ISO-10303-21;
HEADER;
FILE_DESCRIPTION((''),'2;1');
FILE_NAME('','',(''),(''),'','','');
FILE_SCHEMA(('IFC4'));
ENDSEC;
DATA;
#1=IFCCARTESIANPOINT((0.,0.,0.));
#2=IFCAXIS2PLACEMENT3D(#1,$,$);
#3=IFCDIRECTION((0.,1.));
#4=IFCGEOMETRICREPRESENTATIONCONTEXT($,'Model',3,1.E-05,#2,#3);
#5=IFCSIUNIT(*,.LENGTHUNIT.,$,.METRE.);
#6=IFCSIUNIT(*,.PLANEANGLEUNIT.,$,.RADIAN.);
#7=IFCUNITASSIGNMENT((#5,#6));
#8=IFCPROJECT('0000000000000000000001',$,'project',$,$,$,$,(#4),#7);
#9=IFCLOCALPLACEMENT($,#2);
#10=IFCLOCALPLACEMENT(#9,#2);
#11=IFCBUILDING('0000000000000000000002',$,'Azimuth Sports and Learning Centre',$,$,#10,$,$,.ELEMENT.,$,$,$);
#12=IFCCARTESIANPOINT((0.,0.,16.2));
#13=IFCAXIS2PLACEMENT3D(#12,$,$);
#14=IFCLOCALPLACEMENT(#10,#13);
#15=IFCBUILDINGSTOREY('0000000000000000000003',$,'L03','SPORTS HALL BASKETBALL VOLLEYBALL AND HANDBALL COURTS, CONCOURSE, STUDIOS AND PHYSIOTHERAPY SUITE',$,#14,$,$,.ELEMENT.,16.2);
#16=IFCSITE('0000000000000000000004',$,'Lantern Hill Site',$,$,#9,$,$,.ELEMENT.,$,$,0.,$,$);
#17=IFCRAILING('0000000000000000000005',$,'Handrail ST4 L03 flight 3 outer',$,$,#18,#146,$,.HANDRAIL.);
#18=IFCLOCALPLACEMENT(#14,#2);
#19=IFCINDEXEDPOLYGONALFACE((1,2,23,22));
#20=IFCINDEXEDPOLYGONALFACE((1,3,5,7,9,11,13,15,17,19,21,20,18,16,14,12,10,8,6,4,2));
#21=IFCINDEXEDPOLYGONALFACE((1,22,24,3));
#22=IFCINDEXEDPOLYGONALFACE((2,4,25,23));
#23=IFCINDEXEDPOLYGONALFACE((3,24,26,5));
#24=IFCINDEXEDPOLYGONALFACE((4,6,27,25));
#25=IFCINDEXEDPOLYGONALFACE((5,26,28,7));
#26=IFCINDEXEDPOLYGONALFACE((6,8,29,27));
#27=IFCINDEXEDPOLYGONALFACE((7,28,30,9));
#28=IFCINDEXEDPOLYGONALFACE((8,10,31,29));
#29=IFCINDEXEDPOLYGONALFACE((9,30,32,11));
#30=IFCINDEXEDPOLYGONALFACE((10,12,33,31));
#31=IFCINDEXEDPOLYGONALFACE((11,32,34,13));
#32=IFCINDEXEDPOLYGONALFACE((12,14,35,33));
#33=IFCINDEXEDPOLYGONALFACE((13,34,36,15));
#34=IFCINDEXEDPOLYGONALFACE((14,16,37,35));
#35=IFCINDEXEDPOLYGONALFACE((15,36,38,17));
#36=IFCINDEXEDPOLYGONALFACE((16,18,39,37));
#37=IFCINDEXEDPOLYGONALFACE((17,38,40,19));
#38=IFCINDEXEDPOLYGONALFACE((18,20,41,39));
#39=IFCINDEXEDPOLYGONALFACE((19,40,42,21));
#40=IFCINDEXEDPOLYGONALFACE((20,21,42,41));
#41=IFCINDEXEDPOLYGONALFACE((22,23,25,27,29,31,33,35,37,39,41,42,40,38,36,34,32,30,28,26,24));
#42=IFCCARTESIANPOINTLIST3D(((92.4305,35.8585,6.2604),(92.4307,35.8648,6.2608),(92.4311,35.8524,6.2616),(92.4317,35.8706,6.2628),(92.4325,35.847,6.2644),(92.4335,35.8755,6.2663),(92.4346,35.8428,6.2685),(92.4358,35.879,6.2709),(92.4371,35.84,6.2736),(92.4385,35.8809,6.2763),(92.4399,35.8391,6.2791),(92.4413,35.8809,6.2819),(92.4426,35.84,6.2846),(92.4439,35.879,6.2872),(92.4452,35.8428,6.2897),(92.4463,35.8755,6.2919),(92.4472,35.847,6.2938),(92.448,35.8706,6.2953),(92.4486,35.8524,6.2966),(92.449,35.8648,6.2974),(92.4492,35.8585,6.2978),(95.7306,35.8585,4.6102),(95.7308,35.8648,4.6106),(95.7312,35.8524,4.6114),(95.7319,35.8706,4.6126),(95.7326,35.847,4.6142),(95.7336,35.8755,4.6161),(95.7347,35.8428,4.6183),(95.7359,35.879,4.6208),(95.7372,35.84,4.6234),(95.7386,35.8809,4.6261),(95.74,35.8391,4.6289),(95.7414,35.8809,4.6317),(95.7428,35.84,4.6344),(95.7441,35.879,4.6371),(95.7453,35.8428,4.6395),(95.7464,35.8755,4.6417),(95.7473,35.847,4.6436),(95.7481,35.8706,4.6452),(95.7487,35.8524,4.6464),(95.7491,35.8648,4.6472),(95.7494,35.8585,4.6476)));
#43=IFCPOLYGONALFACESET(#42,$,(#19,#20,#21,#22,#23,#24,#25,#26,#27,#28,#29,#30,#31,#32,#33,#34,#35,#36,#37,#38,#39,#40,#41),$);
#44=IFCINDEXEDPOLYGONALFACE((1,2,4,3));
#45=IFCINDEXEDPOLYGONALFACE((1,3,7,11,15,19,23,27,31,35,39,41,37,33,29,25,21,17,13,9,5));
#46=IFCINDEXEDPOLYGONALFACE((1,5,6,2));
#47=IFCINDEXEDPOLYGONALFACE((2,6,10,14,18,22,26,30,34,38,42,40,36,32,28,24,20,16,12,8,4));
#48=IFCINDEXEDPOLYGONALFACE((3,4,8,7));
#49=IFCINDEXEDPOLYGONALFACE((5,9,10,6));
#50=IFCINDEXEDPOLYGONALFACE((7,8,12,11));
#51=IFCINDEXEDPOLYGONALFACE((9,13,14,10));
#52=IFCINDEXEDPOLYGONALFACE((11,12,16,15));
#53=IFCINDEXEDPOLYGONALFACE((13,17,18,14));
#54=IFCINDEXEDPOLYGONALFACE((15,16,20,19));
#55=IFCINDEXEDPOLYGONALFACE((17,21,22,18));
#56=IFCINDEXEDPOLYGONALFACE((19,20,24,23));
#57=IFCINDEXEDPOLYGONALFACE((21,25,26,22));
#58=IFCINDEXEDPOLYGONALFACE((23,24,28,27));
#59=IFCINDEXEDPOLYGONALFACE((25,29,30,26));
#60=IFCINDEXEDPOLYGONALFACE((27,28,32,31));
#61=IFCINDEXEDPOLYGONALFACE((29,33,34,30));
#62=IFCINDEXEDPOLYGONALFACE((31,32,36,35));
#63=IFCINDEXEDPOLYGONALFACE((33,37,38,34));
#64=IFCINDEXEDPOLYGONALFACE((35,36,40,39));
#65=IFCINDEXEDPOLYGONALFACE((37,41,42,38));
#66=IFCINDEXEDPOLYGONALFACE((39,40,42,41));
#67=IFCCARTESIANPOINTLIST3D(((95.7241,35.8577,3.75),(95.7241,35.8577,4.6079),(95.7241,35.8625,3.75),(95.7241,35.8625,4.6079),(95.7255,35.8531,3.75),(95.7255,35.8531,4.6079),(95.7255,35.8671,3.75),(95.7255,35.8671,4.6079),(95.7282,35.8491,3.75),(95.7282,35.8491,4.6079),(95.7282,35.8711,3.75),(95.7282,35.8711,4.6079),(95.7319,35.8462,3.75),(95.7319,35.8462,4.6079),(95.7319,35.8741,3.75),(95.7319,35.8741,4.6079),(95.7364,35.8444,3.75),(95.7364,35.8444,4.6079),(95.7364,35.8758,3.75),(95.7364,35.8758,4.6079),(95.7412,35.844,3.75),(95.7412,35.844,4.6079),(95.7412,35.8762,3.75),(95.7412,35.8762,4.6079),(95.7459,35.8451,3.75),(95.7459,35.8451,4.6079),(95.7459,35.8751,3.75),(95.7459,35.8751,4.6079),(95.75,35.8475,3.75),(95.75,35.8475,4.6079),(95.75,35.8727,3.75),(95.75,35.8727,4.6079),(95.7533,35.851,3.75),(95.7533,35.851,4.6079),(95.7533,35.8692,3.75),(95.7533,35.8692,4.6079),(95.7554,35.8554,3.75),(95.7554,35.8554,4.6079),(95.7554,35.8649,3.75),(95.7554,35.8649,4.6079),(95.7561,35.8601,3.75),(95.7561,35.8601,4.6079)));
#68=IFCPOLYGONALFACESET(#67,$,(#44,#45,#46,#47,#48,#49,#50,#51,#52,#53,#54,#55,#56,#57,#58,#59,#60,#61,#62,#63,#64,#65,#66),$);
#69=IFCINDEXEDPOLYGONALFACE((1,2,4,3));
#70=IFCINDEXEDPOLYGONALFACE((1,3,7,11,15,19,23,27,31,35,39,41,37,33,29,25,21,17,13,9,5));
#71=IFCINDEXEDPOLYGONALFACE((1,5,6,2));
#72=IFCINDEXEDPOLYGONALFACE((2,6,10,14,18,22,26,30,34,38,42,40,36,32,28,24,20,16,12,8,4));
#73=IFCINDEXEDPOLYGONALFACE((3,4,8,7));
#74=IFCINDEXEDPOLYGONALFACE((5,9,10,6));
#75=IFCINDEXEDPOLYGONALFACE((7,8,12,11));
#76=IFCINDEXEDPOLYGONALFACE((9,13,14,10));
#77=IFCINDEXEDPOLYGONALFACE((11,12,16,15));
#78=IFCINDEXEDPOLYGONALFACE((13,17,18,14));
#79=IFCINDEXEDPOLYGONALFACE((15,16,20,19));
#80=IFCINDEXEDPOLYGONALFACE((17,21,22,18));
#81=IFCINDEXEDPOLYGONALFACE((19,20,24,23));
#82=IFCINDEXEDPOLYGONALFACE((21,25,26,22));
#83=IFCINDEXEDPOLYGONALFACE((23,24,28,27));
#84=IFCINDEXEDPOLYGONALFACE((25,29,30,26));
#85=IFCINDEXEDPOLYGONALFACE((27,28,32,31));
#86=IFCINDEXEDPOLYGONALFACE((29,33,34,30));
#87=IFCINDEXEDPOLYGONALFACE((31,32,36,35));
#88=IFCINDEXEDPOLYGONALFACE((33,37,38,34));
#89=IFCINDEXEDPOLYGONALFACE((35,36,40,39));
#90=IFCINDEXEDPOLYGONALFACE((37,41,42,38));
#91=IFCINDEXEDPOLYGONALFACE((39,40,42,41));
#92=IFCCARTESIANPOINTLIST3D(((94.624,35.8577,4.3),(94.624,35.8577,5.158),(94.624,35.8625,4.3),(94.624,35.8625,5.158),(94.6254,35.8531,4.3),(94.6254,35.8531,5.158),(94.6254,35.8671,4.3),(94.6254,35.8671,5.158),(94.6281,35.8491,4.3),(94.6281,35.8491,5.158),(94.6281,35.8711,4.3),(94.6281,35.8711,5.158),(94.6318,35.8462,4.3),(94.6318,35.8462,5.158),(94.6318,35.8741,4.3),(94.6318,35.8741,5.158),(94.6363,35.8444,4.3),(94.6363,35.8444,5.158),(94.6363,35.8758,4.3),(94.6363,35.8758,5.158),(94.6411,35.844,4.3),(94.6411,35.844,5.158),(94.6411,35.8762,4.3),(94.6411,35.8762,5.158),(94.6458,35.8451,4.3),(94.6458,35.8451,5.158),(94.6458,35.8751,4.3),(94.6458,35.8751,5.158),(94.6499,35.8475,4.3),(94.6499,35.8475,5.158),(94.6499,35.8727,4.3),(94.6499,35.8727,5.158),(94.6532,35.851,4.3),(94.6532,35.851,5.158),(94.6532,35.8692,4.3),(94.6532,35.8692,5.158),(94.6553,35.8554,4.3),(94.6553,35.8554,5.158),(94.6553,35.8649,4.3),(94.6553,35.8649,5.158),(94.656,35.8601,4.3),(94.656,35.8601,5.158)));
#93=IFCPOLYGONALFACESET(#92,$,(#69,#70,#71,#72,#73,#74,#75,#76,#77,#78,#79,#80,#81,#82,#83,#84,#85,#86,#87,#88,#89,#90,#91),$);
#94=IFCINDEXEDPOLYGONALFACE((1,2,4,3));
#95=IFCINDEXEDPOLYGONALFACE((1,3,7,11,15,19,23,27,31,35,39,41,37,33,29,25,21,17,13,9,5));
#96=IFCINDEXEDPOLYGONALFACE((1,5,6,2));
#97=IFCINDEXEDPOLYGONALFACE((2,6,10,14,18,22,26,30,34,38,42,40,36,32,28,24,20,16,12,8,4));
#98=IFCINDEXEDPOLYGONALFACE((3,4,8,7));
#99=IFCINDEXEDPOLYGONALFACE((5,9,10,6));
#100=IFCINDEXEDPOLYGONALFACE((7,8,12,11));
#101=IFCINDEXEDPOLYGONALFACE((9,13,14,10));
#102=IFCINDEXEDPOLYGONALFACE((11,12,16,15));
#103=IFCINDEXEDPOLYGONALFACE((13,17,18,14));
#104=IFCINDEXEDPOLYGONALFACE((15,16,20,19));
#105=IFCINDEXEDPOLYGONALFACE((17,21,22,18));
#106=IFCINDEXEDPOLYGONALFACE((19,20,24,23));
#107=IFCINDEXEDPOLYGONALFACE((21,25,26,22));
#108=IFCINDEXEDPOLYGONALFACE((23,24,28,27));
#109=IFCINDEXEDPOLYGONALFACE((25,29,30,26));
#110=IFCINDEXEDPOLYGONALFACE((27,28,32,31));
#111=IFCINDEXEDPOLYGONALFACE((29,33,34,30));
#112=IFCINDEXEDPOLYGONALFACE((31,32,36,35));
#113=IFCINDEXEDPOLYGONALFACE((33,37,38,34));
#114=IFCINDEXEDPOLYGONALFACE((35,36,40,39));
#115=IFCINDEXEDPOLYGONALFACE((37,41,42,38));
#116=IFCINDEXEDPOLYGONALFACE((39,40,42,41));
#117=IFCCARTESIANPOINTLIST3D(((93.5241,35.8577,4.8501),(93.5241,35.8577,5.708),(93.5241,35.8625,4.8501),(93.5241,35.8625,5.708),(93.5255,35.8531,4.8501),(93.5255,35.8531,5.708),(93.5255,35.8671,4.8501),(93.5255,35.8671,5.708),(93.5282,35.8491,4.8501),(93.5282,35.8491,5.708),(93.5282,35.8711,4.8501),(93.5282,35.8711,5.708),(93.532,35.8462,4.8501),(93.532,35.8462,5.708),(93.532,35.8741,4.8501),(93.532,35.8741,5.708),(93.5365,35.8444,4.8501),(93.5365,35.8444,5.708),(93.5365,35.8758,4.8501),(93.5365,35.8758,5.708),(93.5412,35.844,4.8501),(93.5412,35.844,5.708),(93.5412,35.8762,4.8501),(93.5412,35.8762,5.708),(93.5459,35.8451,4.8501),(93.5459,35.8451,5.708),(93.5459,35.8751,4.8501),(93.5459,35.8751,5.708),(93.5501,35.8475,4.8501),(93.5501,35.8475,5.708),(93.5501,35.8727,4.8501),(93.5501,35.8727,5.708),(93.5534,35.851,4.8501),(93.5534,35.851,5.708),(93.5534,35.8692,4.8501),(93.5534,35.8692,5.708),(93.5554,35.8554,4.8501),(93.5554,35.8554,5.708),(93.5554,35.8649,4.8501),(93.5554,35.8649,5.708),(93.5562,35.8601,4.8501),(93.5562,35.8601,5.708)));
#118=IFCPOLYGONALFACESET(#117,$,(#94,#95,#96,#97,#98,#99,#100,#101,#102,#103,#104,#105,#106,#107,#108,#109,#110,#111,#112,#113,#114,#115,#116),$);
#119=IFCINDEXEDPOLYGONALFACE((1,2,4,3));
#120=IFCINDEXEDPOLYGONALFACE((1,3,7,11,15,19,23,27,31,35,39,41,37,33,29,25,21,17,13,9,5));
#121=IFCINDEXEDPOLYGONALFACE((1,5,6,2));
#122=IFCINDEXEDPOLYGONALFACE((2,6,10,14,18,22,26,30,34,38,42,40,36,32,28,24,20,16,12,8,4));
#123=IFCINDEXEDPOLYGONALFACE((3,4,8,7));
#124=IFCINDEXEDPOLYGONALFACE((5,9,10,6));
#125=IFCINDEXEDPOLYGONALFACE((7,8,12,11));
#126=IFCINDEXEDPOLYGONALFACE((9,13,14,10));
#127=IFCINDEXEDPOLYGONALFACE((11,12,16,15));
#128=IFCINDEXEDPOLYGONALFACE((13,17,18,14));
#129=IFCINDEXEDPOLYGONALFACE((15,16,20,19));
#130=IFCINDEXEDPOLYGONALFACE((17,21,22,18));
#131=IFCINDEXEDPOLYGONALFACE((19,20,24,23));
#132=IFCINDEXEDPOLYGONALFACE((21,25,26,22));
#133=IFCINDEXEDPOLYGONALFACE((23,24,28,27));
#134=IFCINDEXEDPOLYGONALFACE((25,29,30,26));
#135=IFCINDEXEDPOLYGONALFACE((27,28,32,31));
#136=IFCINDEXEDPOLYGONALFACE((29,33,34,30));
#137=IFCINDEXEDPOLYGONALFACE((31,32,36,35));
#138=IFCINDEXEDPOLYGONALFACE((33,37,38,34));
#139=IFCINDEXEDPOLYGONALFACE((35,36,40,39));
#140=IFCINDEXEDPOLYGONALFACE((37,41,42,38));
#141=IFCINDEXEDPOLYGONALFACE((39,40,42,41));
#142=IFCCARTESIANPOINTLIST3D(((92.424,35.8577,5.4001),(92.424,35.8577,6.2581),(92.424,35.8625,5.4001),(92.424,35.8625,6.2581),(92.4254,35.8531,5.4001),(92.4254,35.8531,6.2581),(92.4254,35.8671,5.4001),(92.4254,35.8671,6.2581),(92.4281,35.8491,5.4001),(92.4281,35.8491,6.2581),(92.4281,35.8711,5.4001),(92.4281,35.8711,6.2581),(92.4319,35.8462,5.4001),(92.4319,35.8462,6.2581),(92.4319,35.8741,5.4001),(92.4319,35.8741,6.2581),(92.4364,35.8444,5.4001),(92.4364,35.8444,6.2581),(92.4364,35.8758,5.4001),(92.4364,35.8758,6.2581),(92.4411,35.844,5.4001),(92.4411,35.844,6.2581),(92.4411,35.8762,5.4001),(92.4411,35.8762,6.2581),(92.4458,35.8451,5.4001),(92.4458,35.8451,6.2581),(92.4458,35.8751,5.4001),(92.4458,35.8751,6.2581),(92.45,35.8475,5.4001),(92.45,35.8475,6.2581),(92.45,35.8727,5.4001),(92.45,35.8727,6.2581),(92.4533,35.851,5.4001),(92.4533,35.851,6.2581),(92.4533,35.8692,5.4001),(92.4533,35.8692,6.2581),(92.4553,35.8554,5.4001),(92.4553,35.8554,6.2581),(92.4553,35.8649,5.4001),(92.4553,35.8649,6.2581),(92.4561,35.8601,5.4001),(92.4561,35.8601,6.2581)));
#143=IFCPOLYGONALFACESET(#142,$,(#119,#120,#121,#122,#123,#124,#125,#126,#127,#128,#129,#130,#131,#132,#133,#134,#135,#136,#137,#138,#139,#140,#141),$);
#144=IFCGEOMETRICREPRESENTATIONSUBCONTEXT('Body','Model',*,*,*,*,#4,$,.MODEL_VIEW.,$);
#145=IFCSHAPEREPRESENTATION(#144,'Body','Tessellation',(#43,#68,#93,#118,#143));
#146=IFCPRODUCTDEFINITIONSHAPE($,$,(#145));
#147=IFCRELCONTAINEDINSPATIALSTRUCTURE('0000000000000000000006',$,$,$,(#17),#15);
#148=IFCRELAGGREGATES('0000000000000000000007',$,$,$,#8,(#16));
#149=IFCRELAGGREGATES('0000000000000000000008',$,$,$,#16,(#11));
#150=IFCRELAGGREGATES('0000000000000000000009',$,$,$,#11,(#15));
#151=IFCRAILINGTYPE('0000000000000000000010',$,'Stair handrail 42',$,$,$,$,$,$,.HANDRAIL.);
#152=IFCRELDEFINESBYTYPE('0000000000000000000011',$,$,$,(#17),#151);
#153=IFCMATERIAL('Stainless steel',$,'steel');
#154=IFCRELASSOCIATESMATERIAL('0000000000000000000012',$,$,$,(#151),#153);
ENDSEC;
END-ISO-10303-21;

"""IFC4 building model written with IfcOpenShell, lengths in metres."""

from ifc_helpers import new_model, si_unit, direction, frame, origin, origin_2d, place, context, subcontext, project, spatial, circle, extrude, material, type_object, element, save


model = new_model("IFC4")

# Units and contexts
model_context = context("Model", 3, precision=1e-05, world=origin(), true_north=direction((0.0, 1.0)))
body_context = subcontext(model_context, "Body", "Model", "MODEL_VIEW")
ifc_project = project(units=[si_unit("LENGTHUNIT", "METRE"), si_unit("PLANEANGLEUNIT", "RADIAN")], contexts=[model_context])

# Site, building, storey
site_placement = place(None, origin())
site = spatial("IfcSite", under=ifc_project, at=site_placement, Name="Lantern Hill Site", CompositionType="ELEMENT", RefElevation=0.0)
building_placement = place(site_placement, origin())
building = spatial("IfcBuilding", under=site, at=building_placement, Name="Azimuth Sports and Learning Centre", CompositionType="ELEMENT")
storey_placement = place(building_placement, frame((0.0, 0.0, 16.2)))
storey = spatial("IfcBuildingStorey", under=building, at=storey_placement, Name="L03", Description="SPORTS HALL BASKETBALL VOLLEYBALL AND HANDBALL COURTS, CONCOURSE, STUDIOS AND PHYSIOTHERAPY SUITE", CompositionType="ELEMENT", Elevation=16.2)

# Railing
ifc_material_1 = material(Name="Stainless steel", Category="steel")
railing_type_1 = type_object("IfcRailingType", Name="Stair handrail 42", PredefinedType="HANDRAIL", material=ifc_material_1)
for number, where, name in (
    (1, (95.74, 35.8601, 3.75), "Handrail ST4 L03 flight 3 outer"),
):
    element("IfcRailing", number, at=place(storey_placement, frame(where)), inside=storey, type_object=railing_type_1, Name=name, PredefinedType="HANDRAIL", context=body_context, shape_type="SweptSolid", body=[
        extrude(circle(Radius=0.021, at=origin_2d()), frame((0.0, 0.0, 0.8789), z_axis=(-0.894414, 0.0, 0.44724), x_axis=(0.0, -1.0, 0.0)), (0.0, 0.0, 1.0), 3.6897),
        extrude(circle(Radius=0.0161, at=origin_2d()), origin(), (0.0, 0.0, 1.0), 0.8579),
        extrude(circle(Radius=0.0161, at=origin_2d()), frame((-1.1001, 0.0, 0.55)), (0.0, 0.0, 1.0), 0.8579),
        extrude(circle(Radius=0.0161, at=origin_2d()), frame((-2.2, 0.0, 1.1001)), (0.0, 0.0, 1.0), 0.8579),
        extrude(circle(Radius=0.0161, at=origin_2d()), frame((-3.3, 0.0, 1.6501)), (0.0, 0.0, 1.0), 0.8579),
    ])

save(model, "model.ifc")
